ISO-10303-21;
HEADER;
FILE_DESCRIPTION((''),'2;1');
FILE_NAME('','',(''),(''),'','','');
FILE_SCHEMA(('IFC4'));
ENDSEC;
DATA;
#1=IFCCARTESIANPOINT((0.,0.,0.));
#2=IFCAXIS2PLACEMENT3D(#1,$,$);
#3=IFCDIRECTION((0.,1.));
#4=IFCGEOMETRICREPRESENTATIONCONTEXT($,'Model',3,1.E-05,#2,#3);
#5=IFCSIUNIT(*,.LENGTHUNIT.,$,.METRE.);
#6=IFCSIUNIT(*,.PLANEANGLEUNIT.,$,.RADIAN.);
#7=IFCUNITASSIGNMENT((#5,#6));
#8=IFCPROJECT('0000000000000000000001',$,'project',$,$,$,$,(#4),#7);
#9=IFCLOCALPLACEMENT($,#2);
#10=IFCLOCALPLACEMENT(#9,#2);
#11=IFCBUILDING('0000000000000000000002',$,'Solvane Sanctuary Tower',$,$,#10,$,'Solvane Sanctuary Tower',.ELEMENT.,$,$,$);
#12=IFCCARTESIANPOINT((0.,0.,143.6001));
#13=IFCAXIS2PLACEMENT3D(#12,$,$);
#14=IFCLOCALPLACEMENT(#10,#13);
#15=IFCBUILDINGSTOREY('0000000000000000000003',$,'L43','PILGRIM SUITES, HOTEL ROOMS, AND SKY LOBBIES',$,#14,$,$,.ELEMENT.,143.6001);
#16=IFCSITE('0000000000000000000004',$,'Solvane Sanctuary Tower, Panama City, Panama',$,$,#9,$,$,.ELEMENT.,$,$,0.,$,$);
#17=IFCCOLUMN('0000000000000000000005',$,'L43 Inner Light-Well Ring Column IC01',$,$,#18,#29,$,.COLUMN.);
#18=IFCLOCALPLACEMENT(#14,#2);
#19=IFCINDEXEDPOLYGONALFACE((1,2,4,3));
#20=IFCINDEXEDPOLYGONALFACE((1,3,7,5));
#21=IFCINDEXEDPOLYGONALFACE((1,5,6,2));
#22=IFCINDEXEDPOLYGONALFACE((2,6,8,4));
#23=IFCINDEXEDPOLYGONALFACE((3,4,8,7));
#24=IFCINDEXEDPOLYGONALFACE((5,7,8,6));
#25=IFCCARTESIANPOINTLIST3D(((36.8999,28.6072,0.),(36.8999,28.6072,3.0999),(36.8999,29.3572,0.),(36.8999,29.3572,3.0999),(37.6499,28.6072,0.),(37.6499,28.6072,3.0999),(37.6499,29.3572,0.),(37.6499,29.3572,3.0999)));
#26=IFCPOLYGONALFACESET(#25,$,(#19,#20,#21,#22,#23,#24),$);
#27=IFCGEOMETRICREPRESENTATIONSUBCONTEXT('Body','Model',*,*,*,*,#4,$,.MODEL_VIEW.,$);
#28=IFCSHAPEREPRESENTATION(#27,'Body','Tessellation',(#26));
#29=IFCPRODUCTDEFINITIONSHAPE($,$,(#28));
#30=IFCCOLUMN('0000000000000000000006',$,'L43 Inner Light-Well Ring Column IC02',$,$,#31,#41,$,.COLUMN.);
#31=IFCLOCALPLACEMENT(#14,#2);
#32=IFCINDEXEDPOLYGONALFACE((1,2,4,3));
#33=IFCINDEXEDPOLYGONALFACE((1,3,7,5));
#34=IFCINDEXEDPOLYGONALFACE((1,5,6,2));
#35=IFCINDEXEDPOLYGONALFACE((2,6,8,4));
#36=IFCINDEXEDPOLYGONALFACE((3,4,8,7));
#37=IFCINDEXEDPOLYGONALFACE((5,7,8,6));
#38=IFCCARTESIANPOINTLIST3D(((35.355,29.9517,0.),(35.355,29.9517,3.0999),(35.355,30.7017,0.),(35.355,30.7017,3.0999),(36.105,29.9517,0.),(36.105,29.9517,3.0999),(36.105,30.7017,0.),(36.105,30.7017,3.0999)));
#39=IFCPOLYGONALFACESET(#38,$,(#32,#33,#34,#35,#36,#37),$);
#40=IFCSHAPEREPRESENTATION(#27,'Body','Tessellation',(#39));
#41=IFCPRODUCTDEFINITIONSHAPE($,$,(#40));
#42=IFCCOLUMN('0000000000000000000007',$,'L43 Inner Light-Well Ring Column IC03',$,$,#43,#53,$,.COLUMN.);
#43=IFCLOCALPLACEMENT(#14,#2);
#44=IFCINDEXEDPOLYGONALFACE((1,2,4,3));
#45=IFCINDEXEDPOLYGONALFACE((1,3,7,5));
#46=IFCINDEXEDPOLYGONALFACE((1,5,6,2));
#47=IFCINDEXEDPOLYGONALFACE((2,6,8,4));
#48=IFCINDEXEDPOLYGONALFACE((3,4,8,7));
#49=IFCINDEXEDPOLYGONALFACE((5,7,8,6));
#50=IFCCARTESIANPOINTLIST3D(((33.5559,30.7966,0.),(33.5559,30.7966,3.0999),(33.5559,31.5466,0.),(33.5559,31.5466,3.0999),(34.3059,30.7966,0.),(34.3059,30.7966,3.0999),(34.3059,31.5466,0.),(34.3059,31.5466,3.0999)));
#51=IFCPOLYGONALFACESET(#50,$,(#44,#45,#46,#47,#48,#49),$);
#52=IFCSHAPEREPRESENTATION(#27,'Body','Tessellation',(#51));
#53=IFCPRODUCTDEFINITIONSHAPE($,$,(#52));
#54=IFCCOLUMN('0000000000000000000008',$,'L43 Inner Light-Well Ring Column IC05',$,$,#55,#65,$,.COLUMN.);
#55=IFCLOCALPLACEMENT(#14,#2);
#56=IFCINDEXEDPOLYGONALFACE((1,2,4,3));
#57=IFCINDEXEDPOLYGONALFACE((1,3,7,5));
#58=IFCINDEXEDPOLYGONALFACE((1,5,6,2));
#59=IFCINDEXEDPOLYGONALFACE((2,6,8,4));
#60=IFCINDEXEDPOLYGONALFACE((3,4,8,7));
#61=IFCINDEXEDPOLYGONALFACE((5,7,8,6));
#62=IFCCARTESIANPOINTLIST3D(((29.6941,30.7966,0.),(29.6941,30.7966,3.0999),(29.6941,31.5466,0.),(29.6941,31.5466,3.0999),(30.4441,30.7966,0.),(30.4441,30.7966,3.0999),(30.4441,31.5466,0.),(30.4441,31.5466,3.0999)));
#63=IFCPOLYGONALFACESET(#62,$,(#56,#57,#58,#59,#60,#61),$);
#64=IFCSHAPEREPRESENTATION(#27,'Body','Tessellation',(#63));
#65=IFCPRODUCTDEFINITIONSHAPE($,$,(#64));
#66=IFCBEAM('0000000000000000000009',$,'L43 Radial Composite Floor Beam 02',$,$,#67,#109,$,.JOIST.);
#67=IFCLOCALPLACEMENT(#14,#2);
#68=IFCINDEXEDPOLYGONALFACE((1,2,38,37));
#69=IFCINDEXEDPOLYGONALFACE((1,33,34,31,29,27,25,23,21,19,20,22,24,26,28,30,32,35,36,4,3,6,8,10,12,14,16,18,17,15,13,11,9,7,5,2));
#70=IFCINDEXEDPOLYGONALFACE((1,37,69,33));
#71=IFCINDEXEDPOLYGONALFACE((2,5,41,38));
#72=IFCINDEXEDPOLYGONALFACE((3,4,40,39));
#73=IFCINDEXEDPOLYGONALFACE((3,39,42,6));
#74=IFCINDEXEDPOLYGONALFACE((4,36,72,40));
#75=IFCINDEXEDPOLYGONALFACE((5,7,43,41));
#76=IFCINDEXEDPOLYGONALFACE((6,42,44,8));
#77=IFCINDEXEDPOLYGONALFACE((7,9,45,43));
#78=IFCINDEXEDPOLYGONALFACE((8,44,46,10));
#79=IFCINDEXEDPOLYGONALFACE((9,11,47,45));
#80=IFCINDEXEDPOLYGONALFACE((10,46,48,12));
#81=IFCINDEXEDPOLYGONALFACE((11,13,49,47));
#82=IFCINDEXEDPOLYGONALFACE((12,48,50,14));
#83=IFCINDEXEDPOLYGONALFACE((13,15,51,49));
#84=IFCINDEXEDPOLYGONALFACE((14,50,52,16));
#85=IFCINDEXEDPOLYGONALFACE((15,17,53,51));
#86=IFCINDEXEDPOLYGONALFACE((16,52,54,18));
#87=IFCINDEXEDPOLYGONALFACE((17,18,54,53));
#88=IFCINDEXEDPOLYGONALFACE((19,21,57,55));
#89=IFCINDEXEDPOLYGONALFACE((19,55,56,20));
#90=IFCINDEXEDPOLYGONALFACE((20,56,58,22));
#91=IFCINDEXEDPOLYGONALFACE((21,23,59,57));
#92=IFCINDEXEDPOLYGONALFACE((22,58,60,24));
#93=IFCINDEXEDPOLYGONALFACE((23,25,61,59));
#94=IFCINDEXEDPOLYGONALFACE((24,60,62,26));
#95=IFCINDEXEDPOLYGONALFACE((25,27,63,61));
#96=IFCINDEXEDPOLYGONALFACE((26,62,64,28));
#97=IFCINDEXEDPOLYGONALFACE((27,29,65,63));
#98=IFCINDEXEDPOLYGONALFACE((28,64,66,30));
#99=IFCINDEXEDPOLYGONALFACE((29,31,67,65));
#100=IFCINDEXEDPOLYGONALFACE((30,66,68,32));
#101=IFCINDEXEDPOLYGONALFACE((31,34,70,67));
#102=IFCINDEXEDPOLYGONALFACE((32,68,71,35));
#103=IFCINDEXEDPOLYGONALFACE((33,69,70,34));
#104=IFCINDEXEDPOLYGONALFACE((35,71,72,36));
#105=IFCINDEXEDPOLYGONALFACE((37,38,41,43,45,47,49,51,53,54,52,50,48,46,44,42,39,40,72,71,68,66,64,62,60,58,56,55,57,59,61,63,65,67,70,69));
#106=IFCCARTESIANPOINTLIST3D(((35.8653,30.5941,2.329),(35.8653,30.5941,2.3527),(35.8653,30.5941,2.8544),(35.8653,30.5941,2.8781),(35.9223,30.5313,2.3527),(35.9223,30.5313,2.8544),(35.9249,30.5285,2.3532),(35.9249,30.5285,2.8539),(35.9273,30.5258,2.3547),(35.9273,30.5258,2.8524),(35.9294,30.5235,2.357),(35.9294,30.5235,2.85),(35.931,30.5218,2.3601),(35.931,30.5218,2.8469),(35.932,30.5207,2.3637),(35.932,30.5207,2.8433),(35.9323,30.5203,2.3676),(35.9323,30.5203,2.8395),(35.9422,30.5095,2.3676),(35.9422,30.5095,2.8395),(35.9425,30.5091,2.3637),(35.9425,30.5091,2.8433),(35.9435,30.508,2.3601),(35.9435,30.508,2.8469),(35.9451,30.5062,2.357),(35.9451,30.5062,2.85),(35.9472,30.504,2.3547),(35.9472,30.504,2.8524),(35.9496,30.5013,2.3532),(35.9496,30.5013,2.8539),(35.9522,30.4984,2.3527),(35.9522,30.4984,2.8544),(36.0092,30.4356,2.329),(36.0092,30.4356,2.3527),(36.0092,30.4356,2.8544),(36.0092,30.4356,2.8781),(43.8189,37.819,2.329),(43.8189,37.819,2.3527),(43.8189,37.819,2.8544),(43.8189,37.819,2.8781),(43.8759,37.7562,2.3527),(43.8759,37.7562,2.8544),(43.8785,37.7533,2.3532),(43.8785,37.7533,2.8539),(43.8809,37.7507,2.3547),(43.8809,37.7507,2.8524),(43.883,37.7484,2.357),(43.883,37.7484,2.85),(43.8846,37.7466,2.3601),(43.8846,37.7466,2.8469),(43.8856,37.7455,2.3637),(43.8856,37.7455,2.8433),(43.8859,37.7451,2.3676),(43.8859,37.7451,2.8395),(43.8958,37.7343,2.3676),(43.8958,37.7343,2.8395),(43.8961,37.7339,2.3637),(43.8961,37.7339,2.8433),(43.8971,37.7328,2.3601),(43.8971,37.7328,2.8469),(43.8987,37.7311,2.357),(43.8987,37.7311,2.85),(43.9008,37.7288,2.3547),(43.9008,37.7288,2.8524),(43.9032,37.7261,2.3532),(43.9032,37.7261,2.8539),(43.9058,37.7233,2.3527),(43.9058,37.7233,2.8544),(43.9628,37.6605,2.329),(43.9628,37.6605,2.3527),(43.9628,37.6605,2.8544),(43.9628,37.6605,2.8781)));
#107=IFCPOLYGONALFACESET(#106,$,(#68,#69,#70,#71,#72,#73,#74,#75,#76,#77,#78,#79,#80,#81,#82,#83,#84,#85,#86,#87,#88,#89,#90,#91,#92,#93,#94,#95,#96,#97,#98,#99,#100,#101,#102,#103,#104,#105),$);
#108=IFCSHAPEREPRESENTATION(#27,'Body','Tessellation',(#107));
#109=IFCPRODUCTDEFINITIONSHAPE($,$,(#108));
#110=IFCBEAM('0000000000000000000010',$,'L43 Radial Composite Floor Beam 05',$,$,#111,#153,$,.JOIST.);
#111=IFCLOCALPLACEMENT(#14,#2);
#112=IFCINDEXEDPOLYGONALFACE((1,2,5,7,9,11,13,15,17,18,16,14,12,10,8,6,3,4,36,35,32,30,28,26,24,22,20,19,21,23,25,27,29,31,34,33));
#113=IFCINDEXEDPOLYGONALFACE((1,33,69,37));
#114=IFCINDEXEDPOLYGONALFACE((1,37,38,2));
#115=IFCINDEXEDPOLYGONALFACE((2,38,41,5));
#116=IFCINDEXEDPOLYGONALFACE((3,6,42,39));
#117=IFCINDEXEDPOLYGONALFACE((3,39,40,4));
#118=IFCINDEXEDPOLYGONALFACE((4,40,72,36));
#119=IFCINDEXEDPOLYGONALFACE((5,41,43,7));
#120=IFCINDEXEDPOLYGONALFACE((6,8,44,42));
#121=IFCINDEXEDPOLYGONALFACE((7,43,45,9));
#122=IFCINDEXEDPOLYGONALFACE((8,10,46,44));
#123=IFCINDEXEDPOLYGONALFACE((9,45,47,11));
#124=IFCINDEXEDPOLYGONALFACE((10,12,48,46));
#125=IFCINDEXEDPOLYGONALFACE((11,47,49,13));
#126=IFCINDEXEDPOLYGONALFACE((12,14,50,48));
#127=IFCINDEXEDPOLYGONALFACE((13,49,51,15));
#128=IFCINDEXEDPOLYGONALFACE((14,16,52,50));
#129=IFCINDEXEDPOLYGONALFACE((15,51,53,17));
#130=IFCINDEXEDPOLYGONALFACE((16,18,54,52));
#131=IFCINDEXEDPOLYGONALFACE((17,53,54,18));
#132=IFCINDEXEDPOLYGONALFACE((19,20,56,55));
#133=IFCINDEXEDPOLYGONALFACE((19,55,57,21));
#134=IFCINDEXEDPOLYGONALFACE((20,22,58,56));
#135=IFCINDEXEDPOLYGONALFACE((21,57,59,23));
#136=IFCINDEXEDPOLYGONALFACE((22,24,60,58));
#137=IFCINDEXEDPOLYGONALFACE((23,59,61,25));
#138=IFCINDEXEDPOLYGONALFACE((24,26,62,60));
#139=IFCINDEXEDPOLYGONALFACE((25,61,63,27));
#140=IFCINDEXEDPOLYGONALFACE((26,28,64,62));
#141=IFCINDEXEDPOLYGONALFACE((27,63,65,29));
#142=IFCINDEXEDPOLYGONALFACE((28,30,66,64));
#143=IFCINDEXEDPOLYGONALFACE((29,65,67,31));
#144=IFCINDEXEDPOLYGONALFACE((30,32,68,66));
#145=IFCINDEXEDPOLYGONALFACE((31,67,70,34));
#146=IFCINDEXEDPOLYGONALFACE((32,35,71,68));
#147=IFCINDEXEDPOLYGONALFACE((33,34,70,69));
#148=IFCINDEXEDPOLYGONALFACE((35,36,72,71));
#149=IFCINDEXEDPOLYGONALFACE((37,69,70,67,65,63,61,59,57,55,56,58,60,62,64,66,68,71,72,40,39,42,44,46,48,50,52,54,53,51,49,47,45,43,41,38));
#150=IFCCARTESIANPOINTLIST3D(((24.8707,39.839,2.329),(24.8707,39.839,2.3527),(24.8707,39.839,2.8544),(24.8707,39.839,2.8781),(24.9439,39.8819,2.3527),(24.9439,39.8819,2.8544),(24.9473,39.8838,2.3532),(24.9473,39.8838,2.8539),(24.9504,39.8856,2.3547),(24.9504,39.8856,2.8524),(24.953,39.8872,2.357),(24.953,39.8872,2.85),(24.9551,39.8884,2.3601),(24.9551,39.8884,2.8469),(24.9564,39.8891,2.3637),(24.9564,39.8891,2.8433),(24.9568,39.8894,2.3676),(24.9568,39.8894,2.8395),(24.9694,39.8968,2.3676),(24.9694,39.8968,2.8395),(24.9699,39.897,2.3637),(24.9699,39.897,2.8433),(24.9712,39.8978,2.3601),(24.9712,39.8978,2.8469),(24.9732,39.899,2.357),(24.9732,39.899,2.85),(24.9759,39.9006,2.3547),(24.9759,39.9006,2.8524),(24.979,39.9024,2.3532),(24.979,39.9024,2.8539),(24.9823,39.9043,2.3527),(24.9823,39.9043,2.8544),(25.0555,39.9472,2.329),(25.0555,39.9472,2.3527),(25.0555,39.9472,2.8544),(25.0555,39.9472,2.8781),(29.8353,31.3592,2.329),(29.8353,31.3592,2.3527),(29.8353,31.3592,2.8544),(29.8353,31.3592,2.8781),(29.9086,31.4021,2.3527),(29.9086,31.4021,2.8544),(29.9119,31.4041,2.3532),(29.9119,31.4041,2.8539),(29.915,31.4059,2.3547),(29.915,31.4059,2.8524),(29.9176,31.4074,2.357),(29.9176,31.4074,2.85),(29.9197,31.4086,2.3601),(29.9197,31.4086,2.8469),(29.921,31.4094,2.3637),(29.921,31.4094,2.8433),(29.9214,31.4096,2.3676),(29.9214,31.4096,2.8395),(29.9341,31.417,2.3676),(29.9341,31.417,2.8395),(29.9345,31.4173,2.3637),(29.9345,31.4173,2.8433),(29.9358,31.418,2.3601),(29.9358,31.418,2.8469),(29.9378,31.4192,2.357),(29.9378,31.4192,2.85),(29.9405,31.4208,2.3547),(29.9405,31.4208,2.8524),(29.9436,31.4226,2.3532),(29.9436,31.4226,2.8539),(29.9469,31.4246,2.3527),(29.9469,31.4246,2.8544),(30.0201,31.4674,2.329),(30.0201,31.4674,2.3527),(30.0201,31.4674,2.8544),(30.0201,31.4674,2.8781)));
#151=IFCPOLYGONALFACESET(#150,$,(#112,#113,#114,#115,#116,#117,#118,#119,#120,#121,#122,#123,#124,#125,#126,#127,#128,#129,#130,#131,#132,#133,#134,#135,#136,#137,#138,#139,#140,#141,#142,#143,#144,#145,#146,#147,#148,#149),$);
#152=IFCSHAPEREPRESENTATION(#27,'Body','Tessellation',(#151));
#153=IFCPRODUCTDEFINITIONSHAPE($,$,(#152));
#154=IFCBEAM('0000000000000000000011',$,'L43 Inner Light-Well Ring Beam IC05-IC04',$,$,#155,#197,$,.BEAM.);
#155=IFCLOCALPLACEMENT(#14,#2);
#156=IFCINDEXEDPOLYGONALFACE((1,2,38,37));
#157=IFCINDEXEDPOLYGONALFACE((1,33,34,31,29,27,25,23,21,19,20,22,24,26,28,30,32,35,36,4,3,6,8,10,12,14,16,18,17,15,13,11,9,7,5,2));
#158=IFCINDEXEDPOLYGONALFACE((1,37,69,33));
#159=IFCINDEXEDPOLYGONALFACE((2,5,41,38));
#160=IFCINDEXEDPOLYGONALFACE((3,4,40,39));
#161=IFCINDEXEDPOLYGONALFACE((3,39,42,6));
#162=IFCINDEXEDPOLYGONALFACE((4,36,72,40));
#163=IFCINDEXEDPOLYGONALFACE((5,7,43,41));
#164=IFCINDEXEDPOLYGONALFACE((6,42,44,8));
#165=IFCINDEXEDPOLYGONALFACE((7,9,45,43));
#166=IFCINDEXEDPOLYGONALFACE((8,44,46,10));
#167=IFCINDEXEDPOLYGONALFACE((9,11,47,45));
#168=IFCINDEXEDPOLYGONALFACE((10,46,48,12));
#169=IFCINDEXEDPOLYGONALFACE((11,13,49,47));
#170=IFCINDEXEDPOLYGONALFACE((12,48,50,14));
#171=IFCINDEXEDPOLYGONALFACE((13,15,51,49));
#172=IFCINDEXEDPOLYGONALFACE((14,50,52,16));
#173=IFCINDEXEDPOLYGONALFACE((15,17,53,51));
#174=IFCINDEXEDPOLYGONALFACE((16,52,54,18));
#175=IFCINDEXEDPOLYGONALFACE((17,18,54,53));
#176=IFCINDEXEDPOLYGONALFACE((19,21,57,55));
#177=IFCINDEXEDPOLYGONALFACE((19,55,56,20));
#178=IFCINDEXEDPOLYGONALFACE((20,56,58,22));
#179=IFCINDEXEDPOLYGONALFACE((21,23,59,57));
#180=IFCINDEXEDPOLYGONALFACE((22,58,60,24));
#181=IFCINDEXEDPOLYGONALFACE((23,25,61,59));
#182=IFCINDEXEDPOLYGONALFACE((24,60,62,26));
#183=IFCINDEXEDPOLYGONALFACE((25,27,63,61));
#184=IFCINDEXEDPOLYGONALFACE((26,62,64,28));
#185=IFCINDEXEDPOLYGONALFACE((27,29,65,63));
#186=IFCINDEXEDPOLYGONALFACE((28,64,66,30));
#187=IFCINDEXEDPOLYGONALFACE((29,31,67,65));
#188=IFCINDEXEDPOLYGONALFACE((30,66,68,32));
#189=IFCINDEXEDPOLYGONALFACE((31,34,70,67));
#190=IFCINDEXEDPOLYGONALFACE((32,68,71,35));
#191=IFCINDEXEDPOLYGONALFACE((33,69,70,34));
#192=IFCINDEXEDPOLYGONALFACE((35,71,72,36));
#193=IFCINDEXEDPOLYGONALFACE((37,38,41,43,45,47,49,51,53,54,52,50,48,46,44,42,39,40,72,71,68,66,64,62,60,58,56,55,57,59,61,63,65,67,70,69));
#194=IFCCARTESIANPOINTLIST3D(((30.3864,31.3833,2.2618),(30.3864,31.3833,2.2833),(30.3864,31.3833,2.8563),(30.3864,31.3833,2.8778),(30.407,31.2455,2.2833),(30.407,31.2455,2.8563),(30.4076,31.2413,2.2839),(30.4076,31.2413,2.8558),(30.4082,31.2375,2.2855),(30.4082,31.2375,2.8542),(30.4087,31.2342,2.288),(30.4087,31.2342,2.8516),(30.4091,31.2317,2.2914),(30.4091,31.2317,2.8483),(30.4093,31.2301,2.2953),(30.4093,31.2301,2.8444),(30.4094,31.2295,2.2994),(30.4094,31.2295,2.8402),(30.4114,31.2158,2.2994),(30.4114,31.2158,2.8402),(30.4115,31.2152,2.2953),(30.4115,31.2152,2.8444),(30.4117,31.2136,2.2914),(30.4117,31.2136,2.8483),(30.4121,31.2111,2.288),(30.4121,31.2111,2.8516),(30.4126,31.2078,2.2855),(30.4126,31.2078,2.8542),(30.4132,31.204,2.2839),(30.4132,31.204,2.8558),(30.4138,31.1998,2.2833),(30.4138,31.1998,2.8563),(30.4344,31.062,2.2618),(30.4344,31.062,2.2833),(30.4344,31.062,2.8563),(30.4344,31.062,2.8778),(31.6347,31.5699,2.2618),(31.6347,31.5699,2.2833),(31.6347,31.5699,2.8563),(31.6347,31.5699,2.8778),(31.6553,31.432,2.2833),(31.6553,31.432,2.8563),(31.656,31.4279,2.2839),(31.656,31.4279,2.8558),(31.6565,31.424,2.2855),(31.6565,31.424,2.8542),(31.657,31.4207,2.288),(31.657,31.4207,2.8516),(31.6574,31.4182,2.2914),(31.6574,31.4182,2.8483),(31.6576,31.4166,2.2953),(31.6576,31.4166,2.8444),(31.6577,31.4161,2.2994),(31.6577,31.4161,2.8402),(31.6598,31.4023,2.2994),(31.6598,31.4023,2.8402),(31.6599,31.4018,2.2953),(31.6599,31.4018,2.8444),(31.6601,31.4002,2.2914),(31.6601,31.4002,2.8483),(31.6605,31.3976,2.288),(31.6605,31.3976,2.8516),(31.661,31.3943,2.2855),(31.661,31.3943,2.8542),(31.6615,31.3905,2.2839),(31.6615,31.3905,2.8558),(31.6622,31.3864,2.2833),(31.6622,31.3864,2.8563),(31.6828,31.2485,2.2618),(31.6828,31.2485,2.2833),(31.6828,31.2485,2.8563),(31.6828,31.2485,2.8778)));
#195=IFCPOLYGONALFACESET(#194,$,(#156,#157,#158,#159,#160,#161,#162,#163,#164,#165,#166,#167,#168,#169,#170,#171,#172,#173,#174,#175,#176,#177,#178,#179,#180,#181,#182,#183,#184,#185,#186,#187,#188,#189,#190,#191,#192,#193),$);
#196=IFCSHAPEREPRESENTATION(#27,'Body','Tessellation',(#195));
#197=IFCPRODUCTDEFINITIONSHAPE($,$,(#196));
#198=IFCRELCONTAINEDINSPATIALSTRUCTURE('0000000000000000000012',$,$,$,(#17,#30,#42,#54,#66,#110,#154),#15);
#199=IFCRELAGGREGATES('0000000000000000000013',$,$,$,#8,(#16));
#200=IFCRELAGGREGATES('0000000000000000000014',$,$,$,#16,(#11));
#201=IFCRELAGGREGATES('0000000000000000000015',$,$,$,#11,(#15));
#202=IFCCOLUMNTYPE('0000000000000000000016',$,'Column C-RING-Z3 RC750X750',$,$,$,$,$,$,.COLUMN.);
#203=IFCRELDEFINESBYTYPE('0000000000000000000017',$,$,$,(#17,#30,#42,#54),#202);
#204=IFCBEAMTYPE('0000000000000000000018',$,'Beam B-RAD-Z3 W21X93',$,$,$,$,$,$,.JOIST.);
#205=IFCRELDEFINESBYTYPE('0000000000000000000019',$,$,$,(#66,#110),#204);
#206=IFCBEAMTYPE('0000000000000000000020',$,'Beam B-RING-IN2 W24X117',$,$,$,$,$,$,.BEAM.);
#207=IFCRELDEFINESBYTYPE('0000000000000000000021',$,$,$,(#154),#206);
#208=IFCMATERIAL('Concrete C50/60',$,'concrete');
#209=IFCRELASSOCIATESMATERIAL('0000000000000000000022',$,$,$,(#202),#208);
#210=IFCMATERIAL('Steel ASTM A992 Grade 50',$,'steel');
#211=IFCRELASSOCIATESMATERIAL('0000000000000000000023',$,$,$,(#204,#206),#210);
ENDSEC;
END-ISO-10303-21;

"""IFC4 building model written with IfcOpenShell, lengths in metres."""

from ifc_helpers import new_model, si_unit, direction, frame, origin, origin_2d, place, context, subcontext, project, spatial, rectangle, i_section, extrude, material, material_profile, profile_set, type_object, element, save


model = new_model("IFC4")

# Units and contexts
model_context = context("Model", 3, precision=1e-05, world=origin(), true_north=direction((0.0, 1.0)))
body_context = subcontext(model_context, "Body", "Model", "MODEL_VIEW")
ifc_project = project(units=[si_unit("LENGTHUNIT", "METRE"), si_unit("PLANEANGLEUNIT", "RADIAN")], contexts=[model_context])

# Site, building, storey
site_placement = place(None, origin())
site = spatial("IfcSite", under=ifc_project, at=site_placement, Name="Solvane Sanctuary Tower, Panama City, Panama", CompositionType="ELEMENT", RefElevation=0.0)
building_placement = place(site_placement, origin())
building = spatial("IfcBuilding", under=site, at=building_placement, Name="Solvane Sanctuary Tower", LongName="Solvane Sanctuary Tower", CompositionType="ELEMENT")
storey_placement = place(building_placement, frame((0.0, 0.0, 143.6001)))
storey = spatial("IfcBuildingStorey", under=building, at=storey_placement, Name="L43", Description="PILGRIM SUITES, HOTEL ROOMS, AND SKY LOBBIES", CompositionType="ELEMENT", Elevation=143.6001)

# Columns
ifc_material_1 = material(Name="Concrete C50/60", Category="concrete")
ifc_material_profile_1 = material_profile(ifc_material_1, rectangle(XDim=0.75, YDim=0.75, at=origin_2d()), Name="RC750X750")
ifc_profile_set_1 = profile_set([ifc_material_profile_1], Name="Concrete C50/60")
column_type = type_object("IfcColumnType", Name="Column C-RING-Z3 RC750X750", PredefinedType="COLUMN", material=ifc_profile_set_1)
for number, where, z_axis, x_axis, name in (
    (1, (37.2749, 28.9822, 0.0), (0.0, 0.0, 1.0), (1.0, 0.0, 0.0), "L43 Inner Light-Well Ring Column IC01"),
    (2, (35.73, 30.3267, 0.0), (0.0, 0.0, 1.0), (1.0, 0.0, 0.0), "L43 Inner Light-Well Ring Column IC02"),
    (3, (33.9309, 31.1716, 0.0), (0.0, 0.0, 1.0), (1.0, 0.0, 0.0), "L43 Inner Light-Well Ring Column IC03"),
    (4, (30.0691, 31.1716, 0.0), (0.0, 0.0, 1.0), (1.0, 0.0, 0.0), "L43 Inner Light-Well Ring Column IC05"),
):
    element("IfcColumn", number, at=place(storey_placement, frame(where, z_axis=z_axis, x_axis=x_axis)), inside=storey, type_object=column_type, Name=name, PredefinedType="COLUMN", context=body_context, shape_type="SweptSolid", body=[
        extrude(rectangle(XDim=0.75, YDim=0.75, at=origin_2d()), origin(), (0.0, 0.0, 1.0), 3.0999),
    ])

# Beams
ifc_material_2 = material(Name="Steel ASTM A992 Grade 50", Category="steel")
ifc_material_profile_2 = material_profile(ifc_material_2, i_section(OverallWidth=0.2141, OverallDepth=0.5491, WebThickness=0.0146, FlangeThickness=0.0237, FilletRadius=0.0149, at=origin_2d()), Name="W21X93")
ifc_profile_set_2 = profile_set([ifc_material_profile_2], Name="Steel ASTM A992 Grade 50")
beam_type_1 = type_object("IfcBeamType", Name="Beam B-RAD-Z3 W21X93", PredefinedType="JOIST", material=ifc_profile_set_2)
beam_1_placement = place(storey_placement, frame((35.9373, 30.5149, 2.6035), z_axis=(0.740204, 0.672382, 0.0), x_axis=(-0.672382, 0.740204, 0.0)))
element("IfcBeam", 5, at=beam_1_placement, inside=storey, type_object=beam_type_1, Name="L43 Radial Composite Floor Beam 02", PredefinedType="JOIST", context=body_context, shape_type="SweptSolid", body=[
    extrude(i_section(OverallWidth=0.2141, OverallDepth=0.5491, WebThickness=0.0146, FlangeThickness=0.0237, FilletRadius=0.0149, at=origin_2d()), origin(), (0.0, 0.0, 1.0), 10.7451),
])
beam_2_placement = place(storey_placement, frame((29.9277, 31.4133, 2.6035), z_axis=(-0.505244, 0.862977, 0.0), x_axis=(-0.862977, -0.505244, 0.0)))
element("IfcBeam", 6, at=beam_2_placement, inside=storey, type_object=beam_type_1, Name="L43 Radial Composite Floor Beam 05", PredefinedType="JOIST", context=body_context, shape_type="SweptSolid", body=[
    extrude(i_section(OverallWidth=0.2141, OverallDepth=0.5491, WebThickness=0.0146, FlangeThickness=0.0237, FilletRadius=0.0149, at=origin_2d()), origin(), (0.0, 0.0, 1.0), 9.8262),
])
ifc_material_profile_3 = material_profile(ifc_material_2, i_section(OverallWidth=0.325, OverallDepth=0.616, WebThickness=0.0139, FlangeThickness=0.0215, FilletRadius=0.0161, at=origin_2d()), Name="W24X117")
ifc_profile_set_3 = profile_set([ifc_material_profile_3], Name="Steel ASTM A992 Grade 50")
beam_type_2 = type_object("IfcBeamType", Name="Beam B-RING-IN2 W24X117", PredefinedType="BEAM", material=ifc_profile_set_3)
for number, where, z_axis, x_axis, name in (
    (7, (30.4104, 31.2227, 2.5698), (0.98902, 0.147782, 0.0), (-0.147782, 0.98902, 0.0), "L43 Inner Light-Well Ring Beam IC05-IC04"),
):
    element("IfcBeam", number, at=place(storey_placement, frame(where, z_axis=z_axis, x_axis=x_axis)), inside=storey, type_object=beam_type_2, Name=name, PredefinedType="BEAM", context=body_context, shape_type="SweptSolid", body=[
        extrude(i_section(OverallWidth=0.325, OverallDepth=0.616, WebThickness=0.0139, FlangeThickness=0.0215, FilletRadius=0.0161, at=origin_2d()), origin(), (0.0, 0.0, 1.0), 1.2622),
    ])

save(model, "model.ifc")
